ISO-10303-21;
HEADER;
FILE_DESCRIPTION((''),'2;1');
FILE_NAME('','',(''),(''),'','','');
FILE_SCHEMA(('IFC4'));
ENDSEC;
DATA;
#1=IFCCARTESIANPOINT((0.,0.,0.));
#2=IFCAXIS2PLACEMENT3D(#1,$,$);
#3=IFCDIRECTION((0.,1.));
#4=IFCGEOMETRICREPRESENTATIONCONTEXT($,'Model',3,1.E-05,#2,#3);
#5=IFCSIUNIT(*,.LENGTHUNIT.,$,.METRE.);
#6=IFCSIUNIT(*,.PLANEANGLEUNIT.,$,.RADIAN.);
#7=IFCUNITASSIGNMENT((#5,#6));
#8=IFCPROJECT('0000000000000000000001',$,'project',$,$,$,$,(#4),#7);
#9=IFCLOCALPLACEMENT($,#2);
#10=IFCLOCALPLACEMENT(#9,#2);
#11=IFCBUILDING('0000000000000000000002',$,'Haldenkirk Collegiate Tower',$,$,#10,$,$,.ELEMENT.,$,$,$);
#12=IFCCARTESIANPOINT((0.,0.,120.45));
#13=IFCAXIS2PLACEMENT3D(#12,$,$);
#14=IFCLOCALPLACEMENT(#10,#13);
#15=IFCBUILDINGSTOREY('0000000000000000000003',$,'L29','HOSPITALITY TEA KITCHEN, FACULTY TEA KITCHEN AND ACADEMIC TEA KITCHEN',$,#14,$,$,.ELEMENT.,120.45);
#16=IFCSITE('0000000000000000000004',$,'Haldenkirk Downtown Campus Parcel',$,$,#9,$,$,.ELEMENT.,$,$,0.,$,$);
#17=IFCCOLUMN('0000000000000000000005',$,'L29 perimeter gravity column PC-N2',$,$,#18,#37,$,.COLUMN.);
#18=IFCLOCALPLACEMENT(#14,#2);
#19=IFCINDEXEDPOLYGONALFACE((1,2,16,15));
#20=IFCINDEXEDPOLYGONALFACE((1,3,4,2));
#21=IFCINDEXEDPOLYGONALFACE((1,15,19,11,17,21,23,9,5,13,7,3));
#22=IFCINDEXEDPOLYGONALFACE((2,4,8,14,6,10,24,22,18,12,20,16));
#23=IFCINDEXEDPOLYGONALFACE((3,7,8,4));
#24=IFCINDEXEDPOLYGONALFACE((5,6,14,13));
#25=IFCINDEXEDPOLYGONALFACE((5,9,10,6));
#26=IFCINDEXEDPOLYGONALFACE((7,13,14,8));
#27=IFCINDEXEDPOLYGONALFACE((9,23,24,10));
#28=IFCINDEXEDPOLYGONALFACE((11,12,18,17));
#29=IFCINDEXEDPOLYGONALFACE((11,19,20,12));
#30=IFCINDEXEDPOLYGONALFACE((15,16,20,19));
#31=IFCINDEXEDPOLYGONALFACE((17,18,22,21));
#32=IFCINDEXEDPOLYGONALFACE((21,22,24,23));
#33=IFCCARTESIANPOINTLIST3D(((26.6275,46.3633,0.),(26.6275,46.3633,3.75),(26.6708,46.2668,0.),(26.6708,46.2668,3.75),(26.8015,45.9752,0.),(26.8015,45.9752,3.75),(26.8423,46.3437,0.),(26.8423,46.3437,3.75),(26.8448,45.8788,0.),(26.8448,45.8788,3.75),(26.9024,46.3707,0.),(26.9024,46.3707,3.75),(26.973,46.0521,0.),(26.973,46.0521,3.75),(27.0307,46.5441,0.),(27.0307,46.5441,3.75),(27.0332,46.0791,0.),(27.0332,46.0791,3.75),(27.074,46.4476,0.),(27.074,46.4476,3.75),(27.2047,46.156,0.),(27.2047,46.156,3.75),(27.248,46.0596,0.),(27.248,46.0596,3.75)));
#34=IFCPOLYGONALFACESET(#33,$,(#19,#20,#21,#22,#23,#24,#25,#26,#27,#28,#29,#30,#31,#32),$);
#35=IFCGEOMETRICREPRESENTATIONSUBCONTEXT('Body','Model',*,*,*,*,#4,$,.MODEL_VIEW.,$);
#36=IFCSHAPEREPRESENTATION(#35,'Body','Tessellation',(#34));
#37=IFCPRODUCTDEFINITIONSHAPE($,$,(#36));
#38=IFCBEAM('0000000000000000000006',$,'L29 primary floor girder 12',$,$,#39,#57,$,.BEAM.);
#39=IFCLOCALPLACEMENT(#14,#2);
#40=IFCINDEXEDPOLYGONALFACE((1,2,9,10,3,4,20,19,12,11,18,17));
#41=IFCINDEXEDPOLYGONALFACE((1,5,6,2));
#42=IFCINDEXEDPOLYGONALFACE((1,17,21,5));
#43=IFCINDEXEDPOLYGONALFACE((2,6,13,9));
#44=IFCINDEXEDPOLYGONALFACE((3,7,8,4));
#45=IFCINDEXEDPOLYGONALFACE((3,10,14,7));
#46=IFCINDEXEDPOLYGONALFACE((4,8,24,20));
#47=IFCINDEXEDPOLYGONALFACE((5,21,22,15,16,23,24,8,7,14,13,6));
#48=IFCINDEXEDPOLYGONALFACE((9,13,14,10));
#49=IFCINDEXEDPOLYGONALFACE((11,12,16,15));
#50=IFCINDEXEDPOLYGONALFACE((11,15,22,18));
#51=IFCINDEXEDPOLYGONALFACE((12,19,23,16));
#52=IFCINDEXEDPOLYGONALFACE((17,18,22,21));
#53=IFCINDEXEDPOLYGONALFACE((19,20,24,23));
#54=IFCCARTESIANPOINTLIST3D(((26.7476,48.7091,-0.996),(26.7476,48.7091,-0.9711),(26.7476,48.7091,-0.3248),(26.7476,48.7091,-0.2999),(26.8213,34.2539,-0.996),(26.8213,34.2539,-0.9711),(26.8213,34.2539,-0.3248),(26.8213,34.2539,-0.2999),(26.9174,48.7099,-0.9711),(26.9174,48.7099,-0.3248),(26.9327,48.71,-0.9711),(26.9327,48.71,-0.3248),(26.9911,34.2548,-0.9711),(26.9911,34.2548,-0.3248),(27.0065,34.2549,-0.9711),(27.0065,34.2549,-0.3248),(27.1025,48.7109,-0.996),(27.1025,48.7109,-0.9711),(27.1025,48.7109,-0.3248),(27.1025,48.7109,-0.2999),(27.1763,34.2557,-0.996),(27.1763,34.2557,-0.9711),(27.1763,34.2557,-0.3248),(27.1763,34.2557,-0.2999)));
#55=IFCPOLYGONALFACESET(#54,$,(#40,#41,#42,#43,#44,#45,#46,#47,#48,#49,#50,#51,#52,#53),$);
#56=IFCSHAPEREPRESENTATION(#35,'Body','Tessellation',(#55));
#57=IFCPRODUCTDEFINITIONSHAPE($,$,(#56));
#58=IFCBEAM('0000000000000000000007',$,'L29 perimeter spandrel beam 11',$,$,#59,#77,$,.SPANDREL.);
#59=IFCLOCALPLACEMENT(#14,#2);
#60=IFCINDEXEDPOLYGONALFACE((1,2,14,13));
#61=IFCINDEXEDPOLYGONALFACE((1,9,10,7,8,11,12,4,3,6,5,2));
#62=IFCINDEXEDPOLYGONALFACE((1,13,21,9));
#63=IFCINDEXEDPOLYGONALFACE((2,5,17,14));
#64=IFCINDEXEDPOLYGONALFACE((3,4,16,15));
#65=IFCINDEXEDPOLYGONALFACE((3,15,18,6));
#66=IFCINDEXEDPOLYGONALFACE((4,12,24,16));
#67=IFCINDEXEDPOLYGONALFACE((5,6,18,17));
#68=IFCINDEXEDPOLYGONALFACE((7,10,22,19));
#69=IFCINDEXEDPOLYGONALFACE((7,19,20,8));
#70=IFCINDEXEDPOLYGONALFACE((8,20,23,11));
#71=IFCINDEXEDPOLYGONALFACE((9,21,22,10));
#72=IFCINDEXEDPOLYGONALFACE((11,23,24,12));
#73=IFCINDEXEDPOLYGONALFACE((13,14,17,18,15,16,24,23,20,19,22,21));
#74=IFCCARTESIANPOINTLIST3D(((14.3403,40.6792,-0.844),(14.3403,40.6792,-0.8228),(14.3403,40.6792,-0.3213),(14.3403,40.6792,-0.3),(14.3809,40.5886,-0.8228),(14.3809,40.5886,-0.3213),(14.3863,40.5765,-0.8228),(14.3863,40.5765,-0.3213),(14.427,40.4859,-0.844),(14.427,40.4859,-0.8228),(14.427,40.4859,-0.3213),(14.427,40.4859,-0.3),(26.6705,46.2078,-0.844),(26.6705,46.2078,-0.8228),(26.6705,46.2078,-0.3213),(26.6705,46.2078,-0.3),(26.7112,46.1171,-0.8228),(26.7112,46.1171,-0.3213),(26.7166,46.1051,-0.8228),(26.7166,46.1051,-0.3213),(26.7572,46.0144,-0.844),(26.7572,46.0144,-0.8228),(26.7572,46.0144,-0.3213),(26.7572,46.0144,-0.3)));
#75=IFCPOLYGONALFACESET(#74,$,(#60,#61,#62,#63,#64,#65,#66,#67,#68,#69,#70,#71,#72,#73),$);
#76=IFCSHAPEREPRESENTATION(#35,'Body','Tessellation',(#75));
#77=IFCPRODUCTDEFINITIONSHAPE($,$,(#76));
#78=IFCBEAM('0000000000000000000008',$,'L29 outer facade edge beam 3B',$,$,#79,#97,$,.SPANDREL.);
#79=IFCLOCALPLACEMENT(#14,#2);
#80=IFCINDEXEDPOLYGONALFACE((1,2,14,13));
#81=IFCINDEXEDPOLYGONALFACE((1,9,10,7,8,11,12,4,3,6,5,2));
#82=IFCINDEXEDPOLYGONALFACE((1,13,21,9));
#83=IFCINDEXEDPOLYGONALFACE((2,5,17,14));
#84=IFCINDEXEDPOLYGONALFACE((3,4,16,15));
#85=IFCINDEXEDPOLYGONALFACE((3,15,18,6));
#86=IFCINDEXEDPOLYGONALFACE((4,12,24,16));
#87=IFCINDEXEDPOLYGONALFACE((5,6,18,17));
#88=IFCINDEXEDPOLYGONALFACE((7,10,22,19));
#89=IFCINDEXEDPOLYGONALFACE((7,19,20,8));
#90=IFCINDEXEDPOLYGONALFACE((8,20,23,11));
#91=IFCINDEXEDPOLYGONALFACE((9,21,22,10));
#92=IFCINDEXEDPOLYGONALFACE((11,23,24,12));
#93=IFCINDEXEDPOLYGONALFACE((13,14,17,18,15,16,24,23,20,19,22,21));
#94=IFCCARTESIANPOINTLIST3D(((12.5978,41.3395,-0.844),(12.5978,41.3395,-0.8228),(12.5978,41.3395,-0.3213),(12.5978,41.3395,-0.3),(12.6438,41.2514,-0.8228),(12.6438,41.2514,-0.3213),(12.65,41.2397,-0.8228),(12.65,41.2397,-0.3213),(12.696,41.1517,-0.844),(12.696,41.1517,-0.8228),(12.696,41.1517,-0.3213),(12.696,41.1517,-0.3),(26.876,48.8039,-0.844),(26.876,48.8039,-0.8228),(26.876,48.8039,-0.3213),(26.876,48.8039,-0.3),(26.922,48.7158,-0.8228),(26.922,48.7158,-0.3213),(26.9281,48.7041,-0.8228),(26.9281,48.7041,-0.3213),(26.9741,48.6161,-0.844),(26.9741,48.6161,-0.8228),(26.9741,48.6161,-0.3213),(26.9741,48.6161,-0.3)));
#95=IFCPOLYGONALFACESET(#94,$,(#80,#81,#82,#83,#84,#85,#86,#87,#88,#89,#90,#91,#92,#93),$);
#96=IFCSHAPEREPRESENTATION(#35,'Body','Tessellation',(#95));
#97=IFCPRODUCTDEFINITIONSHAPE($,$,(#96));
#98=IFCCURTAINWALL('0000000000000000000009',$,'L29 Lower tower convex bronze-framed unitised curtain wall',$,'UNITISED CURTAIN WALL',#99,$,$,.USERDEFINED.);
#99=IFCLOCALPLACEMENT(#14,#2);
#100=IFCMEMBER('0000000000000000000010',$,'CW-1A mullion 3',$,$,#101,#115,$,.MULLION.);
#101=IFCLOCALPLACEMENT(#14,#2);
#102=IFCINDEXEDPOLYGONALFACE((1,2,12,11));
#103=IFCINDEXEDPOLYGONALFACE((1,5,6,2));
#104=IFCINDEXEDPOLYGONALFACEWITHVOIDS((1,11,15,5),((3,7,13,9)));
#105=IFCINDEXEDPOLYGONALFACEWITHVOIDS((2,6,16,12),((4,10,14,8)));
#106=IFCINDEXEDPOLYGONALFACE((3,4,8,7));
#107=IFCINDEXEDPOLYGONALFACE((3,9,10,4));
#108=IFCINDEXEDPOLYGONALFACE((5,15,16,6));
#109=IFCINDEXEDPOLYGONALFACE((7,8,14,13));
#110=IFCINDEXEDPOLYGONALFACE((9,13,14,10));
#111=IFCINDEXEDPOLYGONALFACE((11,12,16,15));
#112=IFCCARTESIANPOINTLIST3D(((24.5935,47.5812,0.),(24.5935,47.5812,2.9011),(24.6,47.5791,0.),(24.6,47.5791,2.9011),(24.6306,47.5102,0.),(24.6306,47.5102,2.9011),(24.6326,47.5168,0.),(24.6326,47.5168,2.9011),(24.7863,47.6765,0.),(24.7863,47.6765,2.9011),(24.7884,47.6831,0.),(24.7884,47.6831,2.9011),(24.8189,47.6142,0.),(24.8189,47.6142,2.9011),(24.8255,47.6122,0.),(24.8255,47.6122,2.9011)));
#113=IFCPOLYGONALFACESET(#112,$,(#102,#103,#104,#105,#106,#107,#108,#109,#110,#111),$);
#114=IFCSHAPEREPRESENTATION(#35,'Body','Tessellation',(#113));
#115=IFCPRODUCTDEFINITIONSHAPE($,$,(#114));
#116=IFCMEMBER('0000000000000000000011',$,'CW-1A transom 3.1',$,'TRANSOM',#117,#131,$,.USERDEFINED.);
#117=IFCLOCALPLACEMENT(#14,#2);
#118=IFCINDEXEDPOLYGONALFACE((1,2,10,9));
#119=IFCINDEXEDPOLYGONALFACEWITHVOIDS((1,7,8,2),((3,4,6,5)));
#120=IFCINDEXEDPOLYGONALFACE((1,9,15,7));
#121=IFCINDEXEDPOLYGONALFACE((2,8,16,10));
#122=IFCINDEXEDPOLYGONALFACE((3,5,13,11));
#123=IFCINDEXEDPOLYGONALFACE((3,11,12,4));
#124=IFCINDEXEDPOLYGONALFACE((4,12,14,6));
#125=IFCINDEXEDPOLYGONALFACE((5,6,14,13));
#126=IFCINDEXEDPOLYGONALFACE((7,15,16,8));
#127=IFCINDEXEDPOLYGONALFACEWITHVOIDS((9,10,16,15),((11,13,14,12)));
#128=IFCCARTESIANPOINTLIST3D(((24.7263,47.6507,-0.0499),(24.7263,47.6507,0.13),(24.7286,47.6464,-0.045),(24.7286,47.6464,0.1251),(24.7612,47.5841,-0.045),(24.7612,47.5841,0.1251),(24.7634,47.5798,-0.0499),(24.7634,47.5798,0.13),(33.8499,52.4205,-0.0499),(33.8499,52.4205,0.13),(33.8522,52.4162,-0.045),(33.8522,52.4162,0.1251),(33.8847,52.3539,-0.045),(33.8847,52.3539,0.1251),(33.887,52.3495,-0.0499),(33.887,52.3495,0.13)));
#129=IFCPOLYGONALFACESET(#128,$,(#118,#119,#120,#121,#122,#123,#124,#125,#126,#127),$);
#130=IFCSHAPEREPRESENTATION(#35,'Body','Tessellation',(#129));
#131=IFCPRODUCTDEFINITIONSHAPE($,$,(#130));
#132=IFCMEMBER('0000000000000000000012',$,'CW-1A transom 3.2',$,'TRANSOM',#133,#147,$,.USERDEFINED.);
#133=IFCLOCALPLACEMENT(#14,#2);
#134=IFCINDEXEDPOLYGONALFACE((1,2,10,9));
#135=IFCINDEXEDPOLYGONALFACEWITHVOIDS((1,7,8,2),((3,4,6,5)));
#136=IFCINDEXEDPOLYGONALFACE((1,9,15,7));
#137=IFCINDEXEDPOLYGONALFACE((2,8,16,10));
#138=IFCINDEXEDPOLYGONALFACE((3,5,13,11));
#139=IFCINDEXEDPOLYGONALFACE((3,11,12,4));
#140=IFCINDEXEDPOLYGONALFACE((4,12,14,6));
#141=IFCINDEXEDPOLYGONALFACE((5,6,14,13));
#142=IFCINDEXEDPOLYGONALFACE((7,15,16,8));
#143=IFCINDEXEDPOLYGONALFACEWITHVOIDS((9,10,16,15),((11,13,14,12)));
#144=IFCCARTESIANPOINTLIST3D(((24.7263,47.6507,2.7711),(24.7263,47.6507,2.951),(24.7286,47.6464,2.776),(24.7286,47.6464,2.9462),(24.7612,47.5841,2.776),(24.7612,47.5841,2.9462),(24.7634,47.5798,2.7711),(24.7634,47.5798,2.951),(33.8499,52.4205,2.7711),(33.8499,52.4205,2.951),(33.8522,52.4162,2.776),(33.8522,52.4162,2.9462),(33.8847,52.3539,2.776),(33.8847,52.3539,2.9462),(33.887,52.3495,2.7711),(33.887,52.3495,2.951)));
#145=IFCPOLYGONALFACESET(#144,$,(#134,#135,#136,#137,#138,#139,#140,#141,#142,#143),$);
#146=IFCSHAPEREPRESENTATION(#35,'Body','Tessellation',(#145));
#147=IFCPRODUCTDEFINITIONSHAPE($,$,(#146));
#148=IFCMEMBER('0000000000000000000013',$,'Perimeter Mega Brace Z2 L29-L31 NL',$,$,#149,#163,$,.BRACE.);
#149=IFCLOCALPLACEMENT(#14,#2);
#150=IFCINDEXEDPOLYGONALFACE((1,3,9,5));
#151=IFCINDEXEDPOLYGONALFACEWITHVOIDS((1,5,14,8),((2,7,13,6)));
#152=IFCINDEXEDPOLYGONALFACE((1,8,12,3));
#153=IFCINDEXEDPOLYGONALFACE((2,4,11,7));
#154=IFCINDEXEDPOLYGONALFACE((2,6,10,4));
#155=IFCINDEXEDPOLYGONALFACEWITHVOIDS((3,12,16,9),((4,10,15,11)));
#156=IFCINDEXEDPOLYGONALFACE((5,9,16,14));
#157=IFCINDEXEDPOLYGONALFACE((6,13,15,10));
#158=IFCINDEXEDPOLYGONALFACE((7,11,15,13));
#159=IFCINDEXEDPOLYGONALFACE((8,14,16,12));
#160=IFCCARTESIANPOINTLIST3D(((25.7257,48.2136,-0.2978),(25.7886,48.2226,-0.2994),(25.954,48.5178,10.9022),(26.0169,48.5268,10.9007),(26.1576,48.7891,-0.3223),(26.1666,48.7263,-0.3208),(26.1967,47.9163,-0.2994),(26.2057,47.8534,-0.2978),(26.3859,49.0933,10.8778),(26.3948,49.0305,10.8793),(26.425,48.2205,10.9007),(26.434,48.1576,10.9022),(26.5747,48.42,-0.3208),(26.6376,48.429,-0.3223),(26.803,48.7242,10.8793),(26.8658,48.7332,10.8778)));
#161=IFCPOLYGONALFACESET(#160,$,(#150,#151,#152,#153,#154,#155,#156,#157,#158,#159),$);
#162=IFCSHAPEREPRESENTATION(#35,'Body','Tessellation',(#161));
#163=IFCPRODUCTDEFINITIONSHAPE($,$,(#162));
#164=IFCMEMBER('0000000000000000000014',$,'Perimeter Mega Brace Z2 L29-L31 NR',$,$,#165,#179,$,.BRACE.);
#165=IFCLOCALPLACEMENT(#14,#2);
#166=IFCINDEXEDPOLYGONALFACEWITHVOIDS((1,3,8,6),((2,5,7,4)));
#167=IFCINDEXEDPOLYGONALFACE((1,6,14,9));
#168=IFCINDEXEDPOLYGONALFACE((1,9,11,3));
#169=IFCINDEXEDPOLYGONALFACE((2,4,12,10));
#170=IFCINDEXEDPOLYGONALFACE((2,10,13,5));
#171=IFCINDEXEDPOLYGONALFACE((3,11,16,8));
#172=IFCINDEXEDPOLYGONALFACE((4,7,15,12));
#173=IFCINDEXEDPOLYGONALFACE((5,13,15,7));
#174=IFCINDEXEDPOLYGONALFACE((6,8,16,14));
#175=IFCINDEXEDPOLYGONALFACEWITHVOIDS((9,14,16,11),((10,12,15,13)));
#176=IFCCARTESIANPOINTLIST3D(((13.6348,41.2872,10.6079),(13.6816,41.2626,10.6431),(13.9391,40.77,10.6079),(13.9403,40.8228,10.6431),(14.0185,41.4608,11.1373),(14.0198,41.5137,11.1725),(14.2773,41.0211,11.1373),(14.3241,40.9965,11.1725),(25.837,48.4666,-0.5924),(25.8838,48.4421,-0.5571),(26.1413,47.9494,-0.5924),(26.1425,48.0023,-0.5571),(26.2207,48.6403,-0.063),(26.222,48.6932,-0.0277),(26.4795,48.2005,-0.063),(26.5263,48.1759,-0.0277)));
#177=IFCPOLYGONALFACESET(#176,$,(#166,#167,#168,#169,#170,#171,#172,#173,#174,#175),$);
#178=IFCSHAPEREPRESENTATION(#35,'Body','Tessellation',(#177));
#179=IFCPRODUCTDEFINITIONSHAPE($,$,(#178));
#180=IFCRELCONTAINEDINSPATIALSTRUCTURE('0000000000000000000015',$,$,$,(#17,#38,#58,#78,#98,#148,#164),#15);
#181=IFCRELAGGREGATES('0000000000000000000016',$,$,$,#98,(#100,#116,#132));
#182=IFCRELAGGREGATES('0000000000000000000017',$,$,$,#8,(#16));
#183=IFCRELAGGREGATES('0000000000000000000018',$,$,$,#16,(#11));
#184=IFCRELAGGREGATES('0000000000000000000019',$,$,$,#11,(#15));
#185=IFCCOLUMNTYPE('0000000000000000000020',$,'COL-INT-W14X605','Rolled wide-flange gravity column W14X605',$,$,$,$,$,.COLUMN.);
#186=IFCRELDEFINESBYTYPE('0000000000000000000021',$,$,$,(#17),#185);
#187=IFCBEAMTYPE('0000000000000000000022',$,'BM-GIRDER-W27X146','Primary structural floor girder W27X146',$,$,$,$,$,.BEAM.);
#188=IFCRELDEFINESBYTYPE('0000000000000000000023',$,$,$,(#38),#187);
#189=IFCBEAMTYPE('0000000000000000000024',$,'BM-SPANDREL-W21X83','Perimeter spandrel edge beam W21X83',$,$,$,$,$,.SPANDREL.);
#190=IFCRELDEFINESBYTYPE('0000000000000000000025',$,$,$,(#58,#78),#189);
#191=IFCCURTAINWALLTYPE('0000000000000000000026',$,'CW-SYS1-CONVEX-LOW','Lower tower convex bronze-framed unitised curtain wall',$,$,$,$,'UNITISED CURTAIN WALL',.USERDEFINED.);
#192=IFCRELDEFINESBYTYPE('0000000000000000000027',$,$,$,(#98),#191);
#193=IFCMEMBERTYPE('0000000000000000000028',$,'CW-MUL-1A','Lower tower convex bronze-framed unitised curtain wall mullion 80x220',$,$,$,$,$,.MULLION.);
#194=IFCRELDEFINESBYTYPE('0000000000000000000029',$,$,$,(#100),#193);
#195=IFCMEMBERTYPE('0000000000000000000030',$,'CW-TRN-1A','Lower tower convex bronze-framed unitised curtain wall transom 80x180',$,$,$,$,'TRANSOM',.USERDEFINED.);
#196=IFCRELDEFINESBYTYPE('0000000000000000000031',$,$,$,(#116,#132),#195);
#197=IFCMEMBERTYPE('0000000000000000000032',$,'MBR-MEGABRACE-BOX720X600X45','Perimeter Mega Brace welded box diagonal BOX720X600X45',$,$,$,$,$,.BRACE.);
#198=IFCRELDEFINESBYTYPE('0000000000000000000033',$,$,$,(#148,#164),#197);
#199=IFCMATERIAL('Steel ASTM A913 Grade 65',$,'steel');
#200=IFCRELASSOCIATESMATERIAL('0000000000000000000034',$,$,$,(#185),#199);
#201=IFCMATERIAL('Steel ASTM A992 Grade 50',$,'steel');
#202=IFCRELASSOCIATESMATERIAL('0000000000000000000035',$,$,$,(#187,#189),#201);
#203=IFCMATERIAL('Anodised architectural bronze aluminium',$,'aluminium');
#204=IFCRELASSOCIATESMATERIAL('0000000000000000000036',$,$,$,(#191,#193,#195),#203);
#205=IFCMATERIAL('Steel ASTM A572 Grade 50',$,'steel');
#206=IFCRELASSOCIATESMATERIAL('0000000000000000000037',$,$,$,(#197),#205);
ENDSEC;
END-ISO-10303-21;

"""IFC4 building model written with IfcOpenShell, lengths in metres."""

from ifc_helpers import new_model, si_unit, direction, frame, origin, origin_2d, place, context, subcontext, project, spatial, hollow_rectangle, i_section, extrude, material, material_profile, profile_set, type_object, element, aggregate, save


model = new_model("IFC4")

# Units and contexts
model_context = context("Model", 3, precision=1e-05, world=origin(), true_north=direction((0.0, 1.0)))
body_context = subcontext(model_context, "Body", "Model", "MODEL_VIEW")
ifc_project = project(units=[si_unit("LENGTHUNIT", "METRE"), si_unit("PLANEANGLEUNIT", "RADIAN")], contexts=[model_context])

# Site, building, storey
site_placement = place(None, origin())
site = spatial("IfcSite", under=ifc_project, at=site_placement, Name="Haldenkirk Downtown Campus Parcel", CompositionType="ELEMENT", RefElevation=0.0)
building_placement = place(site_placement, origin())
building = spatial("IfcBuilding", under=site, at=building_placement, Name="Haldenkirk Collegiate Tower", CompositionType="ELEMENT")
storey_placement = place(building_placement, frame((0.0, 0.0, 120.45)))
storey = spatial("IfcBuildingStorey", under=building, at=storey_placement, Name="L29", Description="HOSPITALITY TEA KITCHEN, FACULTY TEA KITCHEN AND ACADEMIC TEA KITCHEN", CompositionType="ELEMENT", Elevation=120.45)

# Column
ifc_material_1 = material(Name="Steel ASTM A913 Grade 65", Category="steel")
ifc_material_profile_1 = material_profile(ifc_material_1, i_section(OverallWidth=0.4419, OverallDepth=0.531, WebThickness=0.0659, FlangeThickness=0.1057, at=origin_2d()), Name="W14X605")
ifc_profile_set_1 = profile_set([ifc_material_profile_1], Name="Steel ASTM A913 Grade 65")
column_type = type_object("IfcColumnType", Name="COL-INT-W14X605", Description="Rolled wide-flange gravity column W14X605", PredefinedType="COLUMN", material=ifc_profile_set_1)
column_placement = place(storey_placement, frame((26.9377, 46.2114, 0.0), z_axis=(0.0, 0.0, 1.0), x_axis=(0.912477, 0.409127, 0.0)))
element("IfcColumn", 1, at=column_placement, inside=storey, type_object=column_type, Name="L29 perimeter gravity column PC-N2", PredefinedType="COLUMN", context=body_context, shape_type="SweptSolid", body=[
    extrude(i_section(OverallWidth=0.4419, OverallDepth=0.531, WebThickness=0.0659, FlangeThickness=0.1057, at=origin_2d()), origin(), (0.0, 0.0, 1.0), 3.75),
])

# Beams
ifc_material_2 = material(Name="Steel ASTM A992 Grade 50", Category="steel")
ifc_material_profile_2 = material_profile(ifc_material_2, i_section(OverallWidth=0.355, OverallDepth=0.696, WebThickness=0.0154, FlangeThickness=0.0249, at=origin_2d()), Name="W27X146")
ifc_profile_set_2 = profile_set([ifc_material_profile_2], Name="Steel ASTM A992 Grade 50")
beam_type_1 = type_object("IfcBeamType", Name="BM-GIRDER-W27X146", Description="Primary structural floor girder W27X146", PredefinedType="BEAM", material=ifc_profile_set_2)
beam_1_placement = place(storey_placement, frame((26.925, 48.71, -0.6479), z_axis=(0.005101, -0.999987, 0.0), x_axis=(0.999987, 0.005101, 0.0)))
element("IfcBeam", 2, at=beam_1_placement, inside=storey, type_object=beam_type_1, Name="L29 primary floor girder 12", PredefinedType="BEAM", context=body_context, shape_type="SweptSolid", body=[
    extrude(i_section(OverallWidth=0.355, OverallDepth=0.696, WebThickness=0.0154, FlangeThickness=0.0249, at=origin_2d()), origin(), (0.0, 0.0, 1.0), 14.4553),
])
ifc_material_profile_3 = material_profile(ifc_material_2, i_section(OverallWidth=0.2119, OverallDepth=0.5439, WebThickness=0.0132, FlangeThickness=0.0212, at=origin_2d()), Name="W21X83")
ifc_profile_set_3 = profile_set([ifc_material_profile_3], Name="Steel ASTM A992 Grade 50")
beam_type_2 = type_object("IfcBeamType", Name="BM-SPANDREL-W21X83", Description="Perimeter spandrel edge beam W21X83", PredefinedType="SPANDREL", material=ifc_profile_set_3)
beam_2_placement = place(storey_placement, frame((26.7139, 46.1111, -0.572), z_axis=(-0.912477, -0.409129, 0.0), x_axis=(0.409129, -0.912477, 0.0)))
element("IfcBeam", 3, at=beam_2_placement, inside=storey, type_object=beam_type_2, Name="L29 perimeter spandrel beam 11", PredefinedType="SPANDREL", context=body_context, shape_type="SweptSolid", body=[
    extrude(i_section(OverallWidth=0.2119, OverallDepth=0.5439, WebThickness=0.0132, FlangeThickness=0.0212, at=origin_2d()), origin(), (0.0, 0.0, 1.0), 13.5129),
])
beam_3_placement = place(storey_placement, frame((26.925, 48.71, -0.572), z_axis=(-0.886205, -0.463294, 0.0), x_axis=(0.463294, -0.886205, 0.0)))
element("IfcBeam", 4, at=beam_3_placement, inside=storey, type_object=beam_type_2, Name="L29 outer facade edge beam 3B", PredefinedType="SPANDREL", context=body_context, shape_type="SweptSolid", body=[
    extrude(i_section(OverallWidth=0.2119, OverallDepth=0.5439, WebThickness=0.0132, FlangeThickness=0.0212, at=origin_2d()), origin(), (0.0, 0.0, 1.0), 16.1116),
])

# Curtain wall, members
ifc_material_3 = material(Name="Anodised architectural bronze aluminium", Category="aluminium")
curtain_wall_type = type_object("IfcCurtainWallType", Name="CW-SYS1-CONVEX-LOW", Description="Lower tower convex bronze-framed unitised curtain wall", ElementType="UNITISED CURTAIN WALL", PredefinedType="USERDEFINED", material=ifc_material_3)
curtain_wall_placement = place(storey_placement, origin())
curtain_wall = element("IfcCurtainWall", 5, at=curtain_wall_placement, inside=storey, type_object=curtain_wall_type, Name="L29 Lower tower convex bronze-framed unitised curtain wall", ObjectType="UNITISED CURTAIN WALL", PredefinedType="USERDEFINED")
ifc_material_profile_4 = material_profile(ifc_material_3, hollow_rectangle(XDim=0.0801, YDim=0.22, WallThickness=0.0049, at=origin_2d()), Name="CW-MUL-1A")
ifc_profile_set_4 = profile_set([ifc_material_profile_4], Name="Anodised architectural bronze aluminium")
member_type_1 = type_object("IfcMemberType", Name="CW-MUL-1A", Description="Lower tower convex bronze-framed unitised curtain wall mullion 80x220", PredefinedType="MULLION", material=ifc_profile_set_4)
member_1_placement = place(storey_placement, frame((24.7095, 47.5967, 0.0), z_axis=(0.0, 0.0, 1.0), x_axis=(-0.463297, 0.886203, 0.0)))
member_1 = element("IfcMember", 6, at=member_1_placement, type_object=member_type_1, Name="CW-1A mullion 3", PredefinedType="MULLION", context=body_context, shape_type="SweptSolid", body=[
    extrude(hollow_rectangle(XDim=0.0801, YDim=0.22, WallThickness=0.0049, at=origin_2d()), origin(), (0.0, 0.0, 1.0), 2.9011),
])
ifc_material_profile_5 = material_profile(ifc_material_3, hollow_rectangle(XDim=0.0801, YDim=0.1799, WallThickness=0.0049, at=origin_2d()), Name="CW-TRN-1A")
ifc_profile_set_5 = profile_set([ifc_material_profile_5], Name="Anodised architectural bronze aluminium")
member_type_2 = type_object("IfcMemberType", Name="CW-TRN-1A", Description="Lower tower convex bronze-framed unitised curtain wall transom 80x180", ElementType="TRANSOM", PredefinedType="USERDEFINED", material=ifc_profile_set_5)
member_2_placement = place(storey_placement, frame((24.7449, 47.6152, 0.04), z_axis=(0.886199, 0.463304, 0.0), x_axis=(-0.463304, 0.886199, 0.0)))
member_2 = element("IfcMember", 7, at=member_2_placement, type_object=member_type_2, Name="CW-1A transom 3.1", ObjectType="TRANSOM", PredefinedType="USERDEFINED", context=body_context, shape_type="SweptSolid", body=[
    extrude(hollow_rectangle(XDim=0.0801, YDim=0.1799, WallThickness=0.0049, at=origin_2d()), origin(), (0.0, 0.0, 1.0), 10.2952),
])
member_3_placement = place(storey_placement, frame((24.7449, 47.6152, 2.8611), z_axis=(0.886199, 0.463304, 0.0), x_axis=(-0.463304, 0.886199, 0.0)))
member_3 = element("IfcMember", 8, at=member_3_placement, type_object=member_type_2, Name="CW-1A transom 3.2", ObjectType="TRANSOM", PredefinedType="USERDEFINED", context=body_context, shape_type="SweptSolid", body=[
    extrude(hollow_rectangle(XDim=0.0801, YDim=0.1799, WallThickness=0.0049, at=origin_2d()), origin(), (0.0, 0.0, 1.0), 10.2952),
])

# Members
ifc_material_4 = material(Name="Steel ASTM A572 Grade 50", Category="steel")
ifc_material_profile_6 = material_profile(ifc_material_4, hollow_rectangle(XDim=0.6001, YDim=0.72, WallThickness=0.0449, at=origin_2d()), Name="BOX720X600X45")
ifc_profile_set_6 = profile_set([ifc_material_profile_6], Name="Steel ASTM A572 Grade 50")
member_type_3 = type_object("IfcMemberType", Name="MBR-MEGABRACE-BOX720X600X45", Description="Perimeter Mega Brace welded box diagonal BOX720X600X45", PredefinedType="BRACE", material=ifc_profile_set_6)
member_4_placement = place(storey_placement, frame((26.1816, 48.3213, -0.3101), z_axis=(0.020369, 0.027145, 0.999424), x_axis=(-0.799846, 0.600205, 0.0)))
element("IfcMember", 9, at=member_4_placement, inside=storey, type_object=member_type_3, Name="Perimeter Mega Brace Z2 L29-L31 NL", PredefinedType="BRACE", context=body_context, shape_type="SweptSolid", body=[
    extrude(hollow_rectangle(XDim=0.6001, YDim=0.72, WallThickness=0.0449, at=origin_2d()), origin(), (0.0, 0.0, 1.0), 11.2065),
])
member_5_placement = place(storey_placement, frame((26.1816, 48.3213, -0.3101), z_axis=(-0.675938, -0.397705, 0.620434), x_axis=(0.50711, -0.861881, 0.0)))
element("IfcMember", 10, at=member_5_placement, inside=storey, type_object=member_type_3, Name="Perimeter Mega Brace Z2 L29-L31 NR", PredefinedType="BRACE", context=body_context, shape_type="SweptSolid", body=[
    extrude(hollow_rectangle(XDim=0.6001, YDim=0.72, WallThickness=0.0449, at=origin_2d()), origin(), (0.0, 0.0, 1.0), 18.0522),
])

aggregate(curtain_wall, [member_1, member_2, member_3])

save(model, "model.ifc")
